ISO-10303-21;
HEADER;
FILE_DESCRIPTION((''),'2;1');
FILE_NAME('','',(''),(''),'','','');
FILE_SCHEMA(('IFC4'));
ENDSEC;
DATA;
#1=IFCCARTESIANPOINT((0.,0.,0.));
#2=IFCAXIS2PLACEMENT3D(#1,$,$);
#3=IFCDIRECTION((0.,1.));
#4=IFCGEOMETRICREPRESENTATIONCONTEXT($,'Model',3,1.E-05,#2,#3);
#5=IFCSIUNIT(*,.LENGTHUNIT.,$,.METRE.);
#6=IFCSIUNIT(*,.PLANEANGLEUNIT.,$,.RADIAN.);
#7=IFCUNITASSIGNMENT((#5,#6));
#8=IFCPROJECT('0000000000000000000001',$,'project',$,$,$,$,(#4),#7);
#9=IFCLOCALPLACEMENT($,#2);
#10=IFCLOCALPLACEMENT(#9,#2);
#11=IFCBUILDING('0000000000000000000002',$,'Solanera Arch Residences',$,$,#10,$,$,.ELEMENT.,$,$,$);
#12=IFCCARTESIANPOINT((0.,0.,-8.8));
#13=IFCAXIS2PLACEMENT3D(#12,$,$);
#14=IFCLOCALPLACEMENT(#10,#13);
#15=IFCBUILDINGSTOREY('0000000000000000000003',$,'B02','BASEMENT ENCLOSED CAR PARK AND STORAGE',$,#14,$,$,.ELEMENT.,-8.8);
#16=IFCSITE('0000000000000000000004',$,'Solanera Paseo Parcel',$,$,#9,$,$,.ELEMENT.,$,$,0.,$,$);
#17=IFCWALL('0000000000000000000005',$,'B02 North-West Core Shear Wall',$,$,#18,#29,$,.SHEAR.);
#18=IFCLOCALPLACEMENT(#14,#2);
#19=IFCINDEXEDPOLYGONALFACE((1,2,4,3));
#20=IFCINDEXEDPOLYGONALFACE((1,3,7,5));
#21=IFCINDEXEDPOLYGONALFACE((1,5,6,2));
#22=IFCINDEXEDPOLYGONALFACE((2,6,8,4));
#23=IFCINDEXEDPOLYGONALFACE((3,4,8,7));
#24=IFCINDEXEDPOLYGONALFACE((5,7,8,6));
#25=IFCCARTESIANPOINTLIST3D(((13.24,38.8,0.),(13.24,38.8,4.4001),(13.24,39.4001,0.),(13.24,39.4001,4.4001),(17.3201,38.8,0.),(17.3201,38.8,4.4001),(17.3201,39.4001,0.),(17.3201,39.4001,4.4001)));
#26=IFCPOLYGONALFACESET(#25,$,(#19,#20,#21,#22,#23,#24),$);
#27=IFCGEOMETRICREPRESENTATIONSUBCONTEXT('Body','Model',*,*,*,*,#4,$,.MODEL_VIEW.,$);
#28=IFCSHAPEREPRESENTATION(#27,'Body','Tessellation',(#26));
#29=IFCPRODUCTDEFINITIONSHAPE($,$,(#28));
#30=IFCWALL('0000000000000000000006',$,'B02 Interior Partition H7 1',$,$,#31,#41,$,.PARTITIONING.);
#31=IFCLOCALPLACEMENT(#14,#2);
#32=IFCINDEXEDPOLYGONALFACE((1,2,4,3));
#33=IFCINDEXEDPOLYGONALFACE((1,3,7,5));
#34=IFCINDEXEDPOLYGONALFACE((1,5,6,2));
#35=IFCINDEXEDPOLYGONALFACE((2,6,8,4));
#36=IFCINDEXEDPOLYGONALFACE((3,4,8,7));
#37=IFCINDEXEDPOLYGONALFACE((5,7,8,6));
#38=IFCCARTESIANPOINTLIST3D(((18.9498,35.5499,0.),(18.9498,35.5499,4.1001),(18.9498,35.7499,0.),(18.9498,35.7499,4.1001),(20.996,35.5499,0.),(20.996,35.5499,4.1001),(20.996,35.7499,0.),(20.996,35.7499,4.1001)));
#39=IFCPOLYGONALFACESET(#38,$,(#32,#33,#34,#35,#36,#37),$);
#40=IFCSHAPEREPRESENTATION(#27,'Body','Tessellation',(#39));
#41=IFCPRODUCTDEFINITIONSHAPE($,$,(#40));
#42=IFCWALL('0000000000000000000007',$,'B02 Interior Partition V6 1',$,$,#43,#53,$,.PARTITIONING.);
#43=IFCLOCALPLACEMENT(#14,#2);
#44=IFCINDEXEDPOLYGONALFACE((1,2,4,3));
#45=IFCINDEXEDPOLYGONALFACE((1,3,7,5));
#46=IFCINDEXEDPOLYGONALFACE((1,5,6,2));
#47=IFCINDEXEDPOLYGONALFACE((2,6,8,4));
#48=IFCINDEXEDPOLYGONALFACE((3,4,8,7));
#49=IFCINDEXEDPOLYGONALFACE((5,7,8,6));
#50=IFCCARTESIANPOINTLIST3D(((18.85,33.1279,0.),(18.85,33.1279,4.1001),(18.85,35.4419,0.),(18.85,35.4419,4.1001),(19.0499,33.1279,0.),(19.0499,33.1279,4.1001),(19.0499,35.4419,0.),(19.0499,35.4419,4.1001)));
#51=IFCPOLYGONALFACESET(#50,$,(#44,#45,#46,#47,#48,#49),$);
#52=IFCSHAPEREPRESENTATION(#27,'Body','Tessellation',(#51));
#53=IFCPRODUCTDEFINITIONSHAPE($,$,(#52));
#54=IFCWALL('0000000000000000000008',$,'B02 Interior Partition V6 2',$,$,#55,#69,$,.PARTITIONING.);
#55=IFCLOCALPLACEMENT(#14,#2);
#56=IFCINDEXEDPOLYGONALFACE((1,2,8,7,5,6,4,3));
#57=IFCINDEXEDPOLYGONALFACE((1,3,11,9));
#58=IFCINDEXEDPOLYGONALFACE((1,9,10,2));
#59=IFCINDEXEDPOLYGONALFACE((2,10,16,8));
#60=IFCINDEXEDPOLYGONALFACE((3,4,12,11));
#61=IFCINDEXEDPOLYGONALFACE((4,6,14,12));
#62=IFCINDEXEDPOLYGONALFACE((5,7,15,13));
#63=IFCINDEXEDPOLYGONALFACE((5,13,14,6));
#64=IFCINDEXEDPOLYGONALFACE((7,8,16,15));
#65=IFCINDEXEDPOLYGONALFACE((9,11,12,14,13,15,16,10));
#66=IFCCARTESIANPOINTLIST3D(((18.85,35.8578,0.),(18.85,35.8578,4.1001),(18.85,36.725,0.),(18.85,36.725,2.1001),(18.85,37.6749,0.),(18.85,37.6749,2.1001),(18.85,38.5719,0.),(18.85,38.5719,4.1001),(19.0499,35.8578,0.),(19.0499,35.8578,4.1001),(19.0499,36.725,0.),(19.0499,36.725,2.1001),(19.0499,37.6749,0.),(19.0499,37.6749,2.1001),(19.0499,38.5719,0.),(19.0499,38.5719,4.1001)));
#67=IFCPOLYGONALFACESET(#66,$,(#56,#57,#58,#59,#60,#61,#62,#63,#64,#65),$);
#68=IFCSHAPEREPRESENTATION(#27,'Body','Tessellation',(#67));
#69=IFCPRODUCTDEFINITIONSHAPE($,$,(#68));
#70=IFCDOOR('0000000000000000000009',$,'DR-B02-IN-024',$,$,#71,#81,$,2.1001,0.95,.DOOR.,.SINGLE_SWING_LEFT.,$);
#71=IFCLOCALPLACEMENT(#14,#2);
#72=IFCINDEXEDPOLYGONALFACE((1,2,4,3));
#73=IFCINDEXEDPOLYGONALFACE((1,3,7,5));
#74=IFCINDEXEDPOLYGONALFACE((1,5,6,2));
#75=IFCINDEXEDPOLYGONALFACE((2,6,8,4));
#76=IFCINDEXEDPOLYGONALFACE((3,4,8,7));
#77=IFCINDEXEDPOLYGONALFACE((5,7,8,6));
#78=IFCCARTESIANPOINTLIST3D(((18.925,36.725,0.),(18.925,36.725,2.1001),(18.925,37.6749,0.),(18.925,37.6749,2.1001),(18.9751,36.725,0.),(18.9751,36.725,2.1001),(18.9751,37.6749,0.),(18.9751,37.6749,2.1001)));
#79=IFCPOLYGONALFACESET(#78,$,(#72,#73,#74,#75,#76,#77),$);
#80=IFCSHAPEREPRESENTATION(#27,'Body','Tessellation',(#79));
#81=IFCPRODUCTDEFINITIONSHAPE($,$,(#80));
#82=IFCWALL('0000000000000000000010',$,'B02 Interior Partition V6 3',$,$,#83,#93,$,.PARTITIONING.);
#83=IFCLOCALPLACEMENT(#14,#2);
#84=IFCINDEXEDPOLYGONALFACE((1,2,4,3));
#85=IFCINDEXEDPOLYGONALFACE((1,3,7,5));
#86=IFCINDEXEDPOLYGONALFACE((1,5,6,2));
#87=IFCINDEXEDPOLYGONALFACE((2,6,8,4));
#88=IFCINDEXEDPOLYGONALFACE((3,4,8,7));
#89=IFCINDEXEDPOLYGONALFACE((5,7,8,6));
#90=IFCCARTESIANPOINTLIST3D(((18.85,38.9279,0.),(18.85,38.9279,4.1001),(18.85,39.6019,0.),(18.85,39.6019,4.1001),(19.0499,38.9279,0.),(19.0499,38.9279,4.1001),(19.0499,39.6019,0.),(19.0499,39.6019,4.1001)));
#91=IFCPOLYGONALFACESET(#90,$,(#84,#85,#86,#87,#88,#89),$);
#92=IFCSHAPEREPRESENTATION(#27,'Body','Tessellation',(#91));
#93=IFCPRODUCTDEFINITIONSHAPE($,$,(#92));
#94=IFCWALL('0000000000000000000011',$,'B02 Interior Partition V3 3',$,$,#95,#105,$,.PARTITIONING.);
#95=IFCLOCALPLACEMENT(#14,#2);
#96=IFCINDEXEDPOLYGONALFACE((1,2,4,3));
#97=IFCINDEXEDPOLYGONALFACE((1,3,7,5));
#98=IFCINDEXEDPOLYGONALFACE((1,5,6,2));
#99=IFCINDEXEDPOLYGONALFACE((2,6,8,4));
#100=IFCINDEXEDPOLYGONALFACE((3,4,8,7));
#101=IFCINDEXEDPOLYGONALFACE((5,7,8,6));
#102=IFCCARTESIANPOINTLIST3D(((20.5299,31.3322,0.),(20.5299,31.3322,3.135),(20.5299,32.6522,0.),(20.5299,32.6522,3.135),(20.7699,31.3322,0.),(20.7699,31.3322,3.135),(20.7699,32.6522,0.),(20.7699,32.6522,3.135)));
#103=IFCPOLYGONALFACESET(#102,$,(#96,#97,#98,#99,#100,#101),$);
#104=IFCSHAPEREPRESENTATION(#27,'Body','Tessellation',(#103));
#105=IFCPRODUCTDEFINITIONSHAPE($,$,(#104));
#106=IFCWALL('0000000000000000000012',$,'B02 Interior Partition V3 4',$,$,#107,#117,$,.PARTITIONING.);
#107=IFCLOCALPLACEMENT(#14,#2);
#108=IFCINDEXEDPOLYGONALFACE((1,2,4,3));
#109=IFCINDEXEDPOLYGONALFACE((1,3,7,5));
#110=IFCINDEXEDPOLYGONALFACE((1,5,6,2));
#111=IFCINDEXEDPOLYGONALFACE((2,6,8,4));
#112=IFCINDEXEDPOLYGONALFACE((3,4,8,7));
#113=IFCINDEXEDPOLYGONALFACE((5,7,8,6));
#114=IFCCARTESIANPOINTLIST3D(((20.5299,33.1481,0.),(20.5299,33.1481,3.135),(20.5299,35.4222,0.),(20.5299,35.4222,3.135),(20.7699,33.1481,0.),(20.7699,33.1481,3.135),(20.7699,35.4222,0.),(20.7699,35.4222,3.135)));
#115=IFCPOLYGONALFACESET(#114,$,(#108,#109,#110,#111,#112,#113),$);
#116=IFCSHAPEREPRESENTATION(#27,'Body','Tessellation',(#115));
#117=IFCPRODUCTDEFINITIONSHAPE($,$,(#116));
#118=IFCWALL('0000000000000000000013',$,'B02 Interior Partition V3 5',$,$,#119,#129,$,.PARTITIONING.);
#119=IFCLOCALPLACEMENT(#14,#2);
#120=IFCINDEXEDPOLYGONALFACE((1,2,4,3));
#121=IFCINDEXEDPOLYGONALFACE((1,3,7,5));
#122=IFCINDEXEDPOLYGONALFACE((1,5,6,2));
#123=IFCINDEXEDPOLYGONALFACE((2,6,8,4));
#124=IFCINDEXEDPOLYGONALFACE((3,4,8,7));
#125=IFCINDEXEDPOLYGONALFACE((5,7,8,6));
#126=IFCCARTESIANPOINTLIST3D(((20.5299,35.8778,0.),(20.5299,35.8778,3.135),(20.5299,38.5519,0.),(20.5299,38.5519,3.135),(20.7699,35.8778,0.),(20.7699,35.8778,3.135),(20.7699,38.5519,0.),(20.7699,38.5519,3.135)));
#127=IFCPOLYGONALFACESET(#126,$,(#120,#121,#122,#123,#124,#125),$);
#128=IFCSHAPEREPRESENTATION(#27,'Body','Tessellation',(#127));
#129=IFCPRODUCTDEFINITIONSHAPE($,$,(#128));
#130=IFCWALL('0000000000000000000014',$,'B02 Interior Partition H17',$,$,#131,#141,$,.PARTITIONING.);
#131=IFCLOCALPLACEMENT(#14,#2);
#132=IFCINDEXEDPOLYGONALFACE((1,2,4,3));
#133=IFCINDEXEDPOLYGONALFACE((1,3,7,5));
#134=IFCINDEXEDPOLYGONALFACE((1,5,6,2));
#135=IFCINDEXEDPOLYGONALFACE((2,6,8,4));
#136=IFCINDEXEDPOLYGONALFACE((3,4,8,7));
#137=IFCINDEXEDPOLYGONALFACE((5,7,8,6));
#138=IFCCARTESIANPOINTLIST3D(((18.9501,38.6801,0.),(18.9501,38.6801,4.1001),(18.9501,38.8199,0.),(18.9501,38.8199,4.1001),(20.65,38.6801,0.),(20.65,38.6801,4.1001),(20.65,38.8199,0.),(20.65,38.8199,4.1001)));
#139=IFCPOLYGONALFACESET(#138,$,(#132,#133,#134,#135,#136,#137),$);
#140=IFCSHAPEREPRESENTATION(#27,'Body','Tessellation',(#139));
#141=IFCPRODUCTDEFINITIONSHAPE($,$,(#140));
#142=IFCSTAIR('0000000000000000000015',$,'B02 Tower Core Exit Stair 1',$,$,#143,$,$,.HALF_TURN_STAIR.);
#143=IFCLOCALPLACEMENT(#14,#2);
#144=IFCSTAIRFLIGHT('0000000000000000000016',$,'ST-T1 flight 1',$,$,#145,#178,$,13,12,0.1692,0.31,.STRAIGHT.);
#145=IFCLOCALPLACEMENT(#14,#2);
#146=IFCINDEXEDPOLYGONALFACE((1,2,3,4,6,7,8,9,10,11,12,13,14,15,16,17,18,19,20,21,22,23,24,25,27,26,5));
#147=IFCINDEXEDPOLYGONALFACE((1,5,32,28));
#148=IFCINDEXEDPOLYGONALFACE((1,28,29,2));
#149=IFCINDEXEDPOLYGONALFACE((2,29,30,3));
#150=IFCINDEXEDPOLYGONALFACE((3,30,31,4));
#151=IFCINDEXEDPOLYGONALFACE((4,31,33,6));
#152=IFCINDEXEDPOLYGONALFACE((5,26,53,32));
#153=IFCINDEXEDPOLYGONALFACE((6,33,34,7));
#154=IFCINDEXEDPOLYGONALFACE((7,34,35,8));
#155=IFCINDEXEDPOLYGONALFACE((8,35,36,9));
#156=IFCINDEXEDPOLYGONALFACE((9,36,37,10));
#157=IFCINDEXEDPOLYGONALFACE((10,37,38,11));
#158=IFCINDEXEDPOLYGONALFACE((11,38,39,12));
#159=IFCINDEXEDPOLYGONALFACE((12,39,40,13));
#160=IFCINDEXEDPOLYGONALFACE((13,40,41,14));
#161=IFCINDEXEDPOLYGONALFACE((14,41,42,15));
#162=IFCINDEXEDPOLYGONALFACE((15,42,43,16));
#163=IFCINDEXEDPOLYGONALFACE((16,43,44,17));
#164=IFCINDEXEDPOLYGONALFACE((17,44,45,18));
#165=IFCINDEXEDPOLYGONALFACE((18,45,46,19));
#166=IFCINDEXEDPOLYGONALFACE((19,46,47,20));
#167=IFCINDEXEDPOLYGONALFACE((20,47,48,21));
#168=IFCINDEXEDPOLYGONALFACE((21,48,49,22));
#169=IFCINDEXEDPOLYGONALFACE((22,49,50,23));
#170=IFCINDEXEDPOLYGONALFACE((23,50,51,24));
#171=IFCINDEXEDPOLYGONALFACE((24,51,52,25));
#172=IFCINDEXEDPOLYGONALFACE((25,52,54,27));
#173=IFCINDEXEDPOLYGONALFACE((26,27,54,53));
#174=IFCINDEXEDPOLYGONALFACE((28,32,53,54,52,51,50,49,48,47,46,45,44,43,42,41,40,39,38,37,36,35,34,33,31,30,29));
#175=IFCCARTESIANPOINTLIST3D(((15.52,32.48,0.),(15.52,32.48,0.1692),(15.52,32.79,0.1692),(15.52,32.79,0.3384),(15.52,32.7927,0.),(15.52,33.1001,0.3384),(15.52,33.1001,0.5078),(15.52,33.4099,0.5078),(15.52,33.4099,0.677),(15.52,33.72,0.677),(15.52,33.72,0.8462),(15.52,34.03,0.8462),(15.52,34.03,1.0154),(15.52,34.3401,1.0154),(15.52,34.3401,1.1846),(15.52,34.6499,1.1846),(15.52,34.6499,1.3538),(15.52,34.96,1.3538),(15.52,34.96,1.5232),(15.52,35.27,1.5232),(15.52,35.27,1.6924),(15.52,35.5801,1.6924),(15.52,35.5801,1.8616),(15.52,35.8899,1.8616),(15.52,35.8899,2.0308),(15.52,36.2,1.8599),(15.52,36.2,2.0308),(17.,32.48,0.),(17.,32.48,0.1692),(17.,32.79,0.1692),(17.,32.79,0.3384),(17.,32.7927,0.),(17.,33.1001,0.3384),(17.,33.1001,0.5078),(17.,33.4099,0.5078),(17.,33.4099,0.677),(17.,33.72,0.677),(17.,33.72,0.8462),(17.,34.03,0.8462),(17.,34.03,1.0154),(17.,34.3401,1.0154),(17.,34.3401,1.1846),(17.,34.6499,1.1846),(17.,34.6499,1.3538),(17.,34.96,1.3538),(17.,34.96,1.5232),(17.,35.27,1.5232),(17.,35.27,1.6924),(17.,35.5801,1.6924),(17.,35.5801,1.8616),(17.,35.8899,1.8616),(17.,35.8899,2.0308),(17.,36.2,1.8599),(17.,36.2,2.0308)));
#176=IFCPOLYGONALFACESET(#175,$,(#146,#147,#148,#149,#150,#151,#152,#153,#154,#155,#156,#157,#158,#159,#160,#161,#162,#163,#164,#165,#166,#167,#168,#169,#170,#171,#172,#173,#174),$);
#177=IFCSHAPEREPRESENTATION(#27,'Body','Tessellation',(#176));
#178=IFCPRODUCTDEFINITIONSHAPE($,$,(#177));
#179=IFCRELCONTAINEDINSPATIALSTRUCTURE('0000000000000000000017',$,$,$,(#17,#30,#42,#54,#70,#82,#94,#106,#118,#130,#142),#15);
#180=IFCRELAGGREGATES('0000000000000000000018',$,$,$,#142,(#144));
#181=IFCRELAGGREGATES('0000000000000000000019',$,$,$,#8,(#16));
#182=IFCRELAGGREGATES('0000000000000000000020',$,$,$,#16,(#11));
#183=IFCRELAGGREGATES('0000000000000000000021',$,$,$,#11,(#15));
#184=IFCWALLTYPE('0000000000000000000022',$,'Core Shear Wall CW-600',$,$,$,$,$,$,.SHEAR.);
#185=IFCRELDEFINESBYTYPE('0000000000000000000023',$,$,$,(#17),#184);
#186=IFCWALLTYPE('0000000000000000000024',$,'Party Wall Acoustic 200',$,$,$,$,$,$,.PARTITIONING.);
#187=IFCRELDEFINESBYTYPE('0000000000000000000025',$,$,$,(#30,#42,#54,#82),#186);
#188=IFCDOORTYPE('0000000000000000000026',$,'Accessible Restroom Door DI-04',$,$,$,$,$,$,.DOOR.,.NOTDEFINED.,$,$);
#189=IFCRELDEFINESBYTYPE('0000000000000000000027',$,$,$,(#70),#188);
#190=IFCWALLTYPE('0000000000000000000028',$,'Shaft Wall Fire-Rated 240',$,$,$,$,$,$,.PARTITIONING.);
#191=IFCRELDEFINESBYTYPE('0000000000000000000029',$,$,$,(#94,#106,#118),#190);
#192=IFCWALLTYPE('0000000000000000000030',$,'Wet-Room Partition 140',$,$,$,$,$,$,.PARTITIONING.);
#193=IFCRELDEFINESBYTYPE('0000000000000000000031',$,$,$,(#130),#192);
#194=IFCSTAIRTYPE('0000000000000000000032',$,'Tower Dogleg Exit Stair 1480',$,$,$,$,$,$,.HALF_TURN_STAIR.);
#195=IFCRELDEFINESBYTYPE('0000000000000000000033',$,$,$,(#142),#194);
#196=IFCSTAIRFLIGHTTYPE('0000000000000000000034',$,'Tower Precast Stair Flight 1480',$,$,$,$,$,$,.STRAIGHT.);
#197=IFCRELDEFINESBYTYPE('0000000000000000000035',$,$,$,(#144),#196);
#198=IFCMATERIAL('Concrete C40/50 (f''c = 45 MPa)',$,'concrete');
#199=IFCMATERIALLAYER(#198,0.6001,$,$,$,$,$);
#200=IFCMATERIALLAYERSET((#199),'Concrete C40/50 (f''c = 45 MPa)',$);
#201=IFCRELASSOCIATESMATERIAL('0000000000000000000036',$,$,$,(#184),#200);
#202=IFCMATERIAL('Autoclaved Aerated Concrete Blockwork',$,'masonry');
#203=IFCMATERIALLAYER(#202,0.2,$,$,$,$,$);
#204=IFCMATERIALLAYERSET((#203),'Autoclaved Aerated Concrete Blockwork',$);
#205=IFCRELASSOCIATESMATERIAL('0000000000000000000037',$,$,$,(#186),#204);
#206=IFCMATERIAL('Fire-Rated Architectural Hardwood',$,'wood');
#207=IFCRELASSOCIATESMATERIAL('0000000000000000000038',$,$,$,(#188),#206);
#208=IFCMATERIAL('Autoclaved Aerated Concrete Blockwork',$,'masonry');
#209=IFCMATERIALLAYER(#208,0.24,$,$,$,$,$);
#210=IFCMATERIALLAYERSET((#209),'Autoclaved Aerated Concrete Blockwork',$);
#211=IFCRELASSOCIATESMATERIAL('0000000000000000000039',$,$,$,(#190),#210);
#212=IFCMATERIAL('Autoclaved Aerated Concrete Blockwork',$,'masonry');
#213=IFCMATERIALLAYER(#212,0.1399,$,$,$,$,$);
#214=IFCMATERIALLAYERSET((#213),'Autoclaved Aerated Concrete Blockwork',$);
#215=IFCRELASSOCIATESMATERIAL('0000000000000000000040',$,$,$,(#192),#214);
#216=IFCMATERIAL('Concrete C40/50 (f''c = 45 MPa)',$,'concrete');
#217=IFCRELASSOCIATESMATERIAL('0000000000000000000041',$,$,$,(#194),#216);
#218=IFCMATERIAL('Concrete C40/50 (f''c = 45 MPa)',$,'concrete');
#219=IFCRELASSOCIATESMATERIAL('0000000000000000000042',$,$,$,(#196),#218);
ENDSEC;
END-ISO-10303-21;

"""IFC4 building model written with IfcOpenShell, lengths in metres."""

from ifc_helpers import new_model, si_unit, direction, frame, frame_2d, origin, place, context, subcontext, project, spatial, polyline, rectangle, outline, extrude, material, layer, layer_set, type_object, element, fill, aggregate, save


model = new_model("IFC4")

# Units and contexts
model_context = context("Model", 3, precision=1e-05, world=origin(), true_north=direction((0.0, 1.0)))
body_context = subcontext(model_context, "Body", "Model", "MODEL_VIEW")
ifc_project = project(units=[si_unit("LENGTHUNIT", "METRE"), si_unit("PLANEANGLEUNIT", "RADIAN")], contexts=[model_context])

# Site, building, storey
site_placement = place(None, origin())
site = spatial("IfcSite", under=ifc_project, at=site_placement, Name="Solanera Paseo Parcel", CompositionType="ELEMENT", RefElevation=0.0)
building_placement = place(site_placement, origin())
building = spatial("IfcBuilding", under=site, at=building_placement, Name="Solanera Arch Residences", CompositionType="ELEMENT")
storey_placement = place(building_placement, frame((0.0, 0.0, -8.8)))
storey = spatial("IfcBuildingStorey", under=building, at=storey_placement, Name="B02", Description="BASEMENT ENCLOSED CAR PARK AND STORAGE", CompositionType="ELEMENT", Elevation=-8.8)

# Walls
ifc_material_1 = material(Name="Concrete C40/50 (f'c = 45 MPa)", Category="concrete")
ifc_layer_1 = layer(ifc_material_1, 0.6001)
ifc_layer_set_1 = layer_set([ifc_layer_1], Name="Concrete C40/50 (f'c = 45 MPa)")
wall_type_1 = type_object("IfcWallType", Name="Core Shear Wall CW-600", PredefinedType="SHEAR", material=ifc_layer_set_1)
wall_1_placement = place(storey_placement, frame((13.24, 39.1001, 0.0), z_axis=(0.0, 0.0, 1.0), x_axis=(1.0, 0.0, 0.0)))
element("IfcWall", 1, at=wall_1_placement, inside=storey, type_object=wall_type_1, Name="B02 North-West Core Shear Wall", PredefinedType="SHEAR", context=body_context, shape_type="SweptSolid", body=[
    extrude(rectangle(XDim=4.0801, YDim=0.6001, at=frame_2d((2.04, 0.0))), origin(), (0.0, 0.0, 1.0), 4.4001),
])
ifc_material_2 = material(Name="Autoclaved Aerated Concrete Blockwork", Category="masonry")
ifc_layer_2 = layer(ifc_material_2, 0.2)
ifc_layer_set_2 = layer_set([ifc_layer_2], Name="Autoclaved Aerated Concrete Blockwork")
wall_type_2 = type_object("IfcWallType", Name="Party Wall Acoustic 200", PredefinedType="PARTITIONING", material=ifc_layer_set_2)
wall_2_placement = place(storey_placement, frame((18.95, 35.6499, 0.0), z_axis=(0.0, 0.0, 1.0), x_axis=(1.0, 0.0, 0.0)))
element("IfcWall", 2, at=wall_2_placement, inside=storey, type_object=wall_type_2, Name="B02 Interior Partition H7 1", PredefinedType="PARTITIONING", context=body_context, shape_type="SweptSolid", body=[
    extrude(rectangle(XDim=2.0461, YDim=0.2, at=frame_2d((1.0229, 0.0))), origin(), (0.0, 0.0, 1.0), 4.1001),
])
wall_3_placement = place(storey_placement, frame((18.95, 33.1279, 0.0), z_axis=(0.0, 0.0, 1.0), x_axis=(0.0, 1.0, 0.0)))
element("IfcWall", 3, at=wall_3_placement, inside=storey, type_object=wall_type_2, Name="B02 Interior Partition V6 1", PredefinedType="PARTITIONING", context=body_context, shape_type="SweptSolid", body=[
    extrude(rectangle(XDim=2.314, YDim=0.2, at=frame_2d((1.157, 0.0))), origin(), (0.0, 0.0, 1.0), 4.1001),
])

# Wall, opening, door
wall_4_placement = place(storey_placement, frame((18.95, 35.8579, 0.0), z_axis=(0.0, 0.0, 1.0), x_axis=(0.0, 1.0, 0.0)))
wall_4 = element("IfcWall", 4, at=wall_4_placement, inside=storey, type_object=wall_type_2, Name="B02 Interior Partition V6 2", PredefinedType="PARTITIONING", context=body_context, shape_type="SweptSolid", body=[
    extrude(rectangle(XDim=2.7141, YDim=0.2, at=frame_2d((1.3569, 0.0))), origin(), (0.0, 0.0, 1.0), 4.1001),
])
opening_1_placement = place(wall_4_placement, frame((0.8669, 0.0, 0.0)))
opening_1 = element("IfcOpeningElement", 5, at=opening_1_placement, cuts=wall_4, PredefinedType="OPENING", context=body_context, shape_type="SweptSolid", body=[
    extrude(rectangle(XDim=0.95, YDim=2.1001, at=frame_2d((0.4751, 1.05))), frame((0.0, 0.1101, 0.0), z_axis=(0.0, -1.0, 0.0), x_axis=(1.0, 0.0, 0.0)), (0.0, 0.0, 1.0), 0.22),
])
ifc_material_3 = material(Name="Fire-Rated Architectural Hardwood", Category="wood")
door_type_1 = type_object("IfcDoorType", Name="Accessible Restroom Door DI-04", OperationType="NOTDEFINED", PredefinedType="DOOR", material=ifc_material_3)
door_1_placement = place(opening_1_placement, origin())
door_1 = element("IfcDoor", 6, at=door_1_placement, inside=storey, type_object=door_type_1, Name="DR-B02-IN-024", OperationType="SINGLE_SWING_LEFT", OverallHeight=2.1001, OverallWidth=0.95, PredefinedType="DOOR", context=body_context, shape_type="SweptSolid", body=[
    extrude(rectangle(XDim=0.95, YDim=2.1001, at=frame_2d((0.4751, 1.05))), frame((0.0, 0.0249, 0.0), z_axis=(0.0, -1.0, 0.0), x_axis=(1.0, 0.0, 0.0)), (0.0, 0.0, 1.0), 0.05),
])
fill(opening_1, door_1)

# Wall
wall_5_placement = place(storey_placement, frame((18.95, 38.928, 0.0), z_axis=(0.0, 0.0, 1.0), x_axis=(0.0, 1.0, 0.0)))
element("IfcWall", 7, at=wall_5_placement, inside=storey, type_object=wall_type_2, Name="B02 Interior Partition V6 3", PredefinedType="PARTITIONING", context=body_context, shape_type="SweptSolid", body=[
    extrude(rectangle(XDim=0.6741, YDim=0.2, at=frame_2d((0.3369, 0.0))), origin(), (0.0, 0.0, 1.0), 4.1001),
])

# Shared definitions
ifc_material_4 = material(Name="Autoclaved Aerated Concrete Blockwork", Category="masonry")
ifc_layer_3 = layer(ifc_material_4, 0.24)
ifc_layer_set_3 = layer_set([ifc_layer_3], Name="Autoclaved Aerated Concrete Blockwork")
wall_type_3 = type_object("IfcWallType", Name="Shaft Wall Fire-Rated 240", PredefinedType="PARTITIONING", material=ifc_layer_set_3)

# Walls
wall_6_placement = place(storey_placement, frame((20.6499, 31.332, 0.0), z_axis=(0.0, 0.0, 1.0), x_axis=(0.0, 1.0, 0.0)))
element("IfcWall", 8, at=wall_6_placement, inside=storey, type_object=wall_type_3, Name="B02 Interior Partition V3 3", PredefinedType="PARTITIONING", context=body_context, shape_type="SweptSolid", body=[
    extrude(rectangle(XDim=1.3201, YDim=0.24, at=frame_2d((0.6602, 0.0))), origin(), (0.0, 0.0, 1.0), 3.135),
])
wall_7_placement = place(storey_placement, frame((20.6499, 33.1479, 0.0), z_axis=(0.0, 0.0, 1.0), x_axis=(0.0, 1.0, 0.0)))
element("IfcWall", 9, at=wall_7_placement, inside=storey, type_object=wall_type_3, Name="B02 Interior Partition V3 4", PredefinedType="PARTITIONING", context=body_context, shape_type="SweptSolid", body=[
    extrude(rectangle(XDim=2.2742, YDim=0.24, at=frame_2d((1.1372, 0.0))), origin(), (0.0, 0.0, 1.0), 3.135),
])
wall_8_placement = place(storey_placement, frame((20.6499, 35.8779, 0.0), z_axis=(0.0, 0.0, 1.0), x_axis=(0.0, 1.0, 0.0)))
element("IfcWall", 10, at=wall_8_placement, inside=storey, type_object=wall_type_3, Name="B02 Interior Partition V3 5", PredefinedType="PARTITIONING", context=body_context, shape_type="SweptSolid", body=[
    extrude(rectangle(XDim=2.6741, YDim=0.24, at=frame_2d((1.3369, 0.0))), origin(), (0.0, 0.0, 1.0), 3.135),
])
ifc_material_5 = material(Name="Autoclaved Aerated Concrete Blockwork", Category="masonry")
ifc_layer_4 = layer(ifc_material_5, 0.1399)
ifc_layer_set_4 = layer_set([ifc_layer_4], Name="Autoclaved Aerated Concrete Blockwork")
wall_type_4 = type_object("IfcWallType", Name="Wet-Room Partition 140", PredefinedType="PARTITIONING", material=ifc_layer_set_4)
wall_9_placement = place(storey_placement, frame((18.95, 38.75, 0.0), z_axis=(0.0, 0.0, 1.0), x_axis=(1.0, 0.0, 0.0)))
element("IfcWall", 11, at=wall_9_placement, inside=storey, type_object=wall_type_4, Name="B02 Interior Partition H17", PredefinedType="PARTITIONING", context=body_context, shape_type="SweptSolid", body=[
    extrude(rectangle(XDim=1.7, YDim=0.1399, at=frame_2d((0.8501, 0.0))), origin(), (0.0, 0.0, 1.0), 4.1001),
])

# Stair, stair flight
ifc_material_6 = material(Name="Concrete C40/50 (f'c = 45 MPa)", Category="concrete")
stair_type = type_object("IfcStairType", Name="Tower Dogleg Exit Stair 1480", PredefinedType="HALF_TURN_STAIR", material=ifc_material_6)
stair_placement = place(storey_placement, origin())
stair = element("IfcStair", 12, at=stair_placement, inside=storey, type_object=stair_type, Name="B02 Tower Core Exit Stair 1", PredefinedType="HALF_TURN_STAIR")
ifc_material_7 = material(Name="Concrete C40/50 (f'c = 45 MPa)", Category="concrete")
stair_flight_type = type_object("IfcStairFlightType", Name="Tower Precast Stair Flight 1480", PredefinedType="STRAIGHT", material=ifc_material_7)
stair_flight_1_placement = place(storey_placement, frame((16.26, 32.48, 0.0), z_axis=(0.0, 0.0, 1.0), x_axis=(0.0, 1.0, 0.0)))
stair_flight_1 = element("IfcStairFlight", 13, at=stair_flight_1_placement, type_object=stair_flight_type, Name="ST-T1 flight 1", NumberOfRisers=13, NumberOfTreads=12, PredefinedType="STRAIGHT", RiserHeight=0.1692, TreadLength=0.31, context=body_context, shape_type="SweptSolid", body=[
    extrude(outline(polyline([(0.0, 0.0), (0.0, 0.1692), (0.3101, 0.1692), (0.3101, 0.3384), (0.6201, 0.3384), (0.6201, 0.5078), (0.9299, 0.5078), (0.9299, 0.677), (1.24, 0.677), (1.24, 0.8462), (1.55, 0.8462), (1.55, 1.0154), (1.8601, 1.0154), (1.8601, 1.1846), (2.1699, 1.1846), (2.1699, 1.3538), (2.48, 1.3538), (2.48, 1.5232), (2.79, 1.5232), (2.79, 1.6924), (3.1001, 1.6924), (3.1001, 1.8616), (3.4099, 1.8616), (3.4099, 2.0308), (3.72, 2.0308), (3.72, 2.2), (3.72, 1.8599), (0.3127, 0.0), (0.0, 0.0)])), frame((0.0, 0.74, 0.0), z_axis=(0.0, -1.0, 0.0), x_axis=(1.0, 0.0, 0.0)), (0.0, 0.0, 1.0), 1.48),
])
aggregate(stair, [stair_flight_1])

save(model, "model.ifc")
